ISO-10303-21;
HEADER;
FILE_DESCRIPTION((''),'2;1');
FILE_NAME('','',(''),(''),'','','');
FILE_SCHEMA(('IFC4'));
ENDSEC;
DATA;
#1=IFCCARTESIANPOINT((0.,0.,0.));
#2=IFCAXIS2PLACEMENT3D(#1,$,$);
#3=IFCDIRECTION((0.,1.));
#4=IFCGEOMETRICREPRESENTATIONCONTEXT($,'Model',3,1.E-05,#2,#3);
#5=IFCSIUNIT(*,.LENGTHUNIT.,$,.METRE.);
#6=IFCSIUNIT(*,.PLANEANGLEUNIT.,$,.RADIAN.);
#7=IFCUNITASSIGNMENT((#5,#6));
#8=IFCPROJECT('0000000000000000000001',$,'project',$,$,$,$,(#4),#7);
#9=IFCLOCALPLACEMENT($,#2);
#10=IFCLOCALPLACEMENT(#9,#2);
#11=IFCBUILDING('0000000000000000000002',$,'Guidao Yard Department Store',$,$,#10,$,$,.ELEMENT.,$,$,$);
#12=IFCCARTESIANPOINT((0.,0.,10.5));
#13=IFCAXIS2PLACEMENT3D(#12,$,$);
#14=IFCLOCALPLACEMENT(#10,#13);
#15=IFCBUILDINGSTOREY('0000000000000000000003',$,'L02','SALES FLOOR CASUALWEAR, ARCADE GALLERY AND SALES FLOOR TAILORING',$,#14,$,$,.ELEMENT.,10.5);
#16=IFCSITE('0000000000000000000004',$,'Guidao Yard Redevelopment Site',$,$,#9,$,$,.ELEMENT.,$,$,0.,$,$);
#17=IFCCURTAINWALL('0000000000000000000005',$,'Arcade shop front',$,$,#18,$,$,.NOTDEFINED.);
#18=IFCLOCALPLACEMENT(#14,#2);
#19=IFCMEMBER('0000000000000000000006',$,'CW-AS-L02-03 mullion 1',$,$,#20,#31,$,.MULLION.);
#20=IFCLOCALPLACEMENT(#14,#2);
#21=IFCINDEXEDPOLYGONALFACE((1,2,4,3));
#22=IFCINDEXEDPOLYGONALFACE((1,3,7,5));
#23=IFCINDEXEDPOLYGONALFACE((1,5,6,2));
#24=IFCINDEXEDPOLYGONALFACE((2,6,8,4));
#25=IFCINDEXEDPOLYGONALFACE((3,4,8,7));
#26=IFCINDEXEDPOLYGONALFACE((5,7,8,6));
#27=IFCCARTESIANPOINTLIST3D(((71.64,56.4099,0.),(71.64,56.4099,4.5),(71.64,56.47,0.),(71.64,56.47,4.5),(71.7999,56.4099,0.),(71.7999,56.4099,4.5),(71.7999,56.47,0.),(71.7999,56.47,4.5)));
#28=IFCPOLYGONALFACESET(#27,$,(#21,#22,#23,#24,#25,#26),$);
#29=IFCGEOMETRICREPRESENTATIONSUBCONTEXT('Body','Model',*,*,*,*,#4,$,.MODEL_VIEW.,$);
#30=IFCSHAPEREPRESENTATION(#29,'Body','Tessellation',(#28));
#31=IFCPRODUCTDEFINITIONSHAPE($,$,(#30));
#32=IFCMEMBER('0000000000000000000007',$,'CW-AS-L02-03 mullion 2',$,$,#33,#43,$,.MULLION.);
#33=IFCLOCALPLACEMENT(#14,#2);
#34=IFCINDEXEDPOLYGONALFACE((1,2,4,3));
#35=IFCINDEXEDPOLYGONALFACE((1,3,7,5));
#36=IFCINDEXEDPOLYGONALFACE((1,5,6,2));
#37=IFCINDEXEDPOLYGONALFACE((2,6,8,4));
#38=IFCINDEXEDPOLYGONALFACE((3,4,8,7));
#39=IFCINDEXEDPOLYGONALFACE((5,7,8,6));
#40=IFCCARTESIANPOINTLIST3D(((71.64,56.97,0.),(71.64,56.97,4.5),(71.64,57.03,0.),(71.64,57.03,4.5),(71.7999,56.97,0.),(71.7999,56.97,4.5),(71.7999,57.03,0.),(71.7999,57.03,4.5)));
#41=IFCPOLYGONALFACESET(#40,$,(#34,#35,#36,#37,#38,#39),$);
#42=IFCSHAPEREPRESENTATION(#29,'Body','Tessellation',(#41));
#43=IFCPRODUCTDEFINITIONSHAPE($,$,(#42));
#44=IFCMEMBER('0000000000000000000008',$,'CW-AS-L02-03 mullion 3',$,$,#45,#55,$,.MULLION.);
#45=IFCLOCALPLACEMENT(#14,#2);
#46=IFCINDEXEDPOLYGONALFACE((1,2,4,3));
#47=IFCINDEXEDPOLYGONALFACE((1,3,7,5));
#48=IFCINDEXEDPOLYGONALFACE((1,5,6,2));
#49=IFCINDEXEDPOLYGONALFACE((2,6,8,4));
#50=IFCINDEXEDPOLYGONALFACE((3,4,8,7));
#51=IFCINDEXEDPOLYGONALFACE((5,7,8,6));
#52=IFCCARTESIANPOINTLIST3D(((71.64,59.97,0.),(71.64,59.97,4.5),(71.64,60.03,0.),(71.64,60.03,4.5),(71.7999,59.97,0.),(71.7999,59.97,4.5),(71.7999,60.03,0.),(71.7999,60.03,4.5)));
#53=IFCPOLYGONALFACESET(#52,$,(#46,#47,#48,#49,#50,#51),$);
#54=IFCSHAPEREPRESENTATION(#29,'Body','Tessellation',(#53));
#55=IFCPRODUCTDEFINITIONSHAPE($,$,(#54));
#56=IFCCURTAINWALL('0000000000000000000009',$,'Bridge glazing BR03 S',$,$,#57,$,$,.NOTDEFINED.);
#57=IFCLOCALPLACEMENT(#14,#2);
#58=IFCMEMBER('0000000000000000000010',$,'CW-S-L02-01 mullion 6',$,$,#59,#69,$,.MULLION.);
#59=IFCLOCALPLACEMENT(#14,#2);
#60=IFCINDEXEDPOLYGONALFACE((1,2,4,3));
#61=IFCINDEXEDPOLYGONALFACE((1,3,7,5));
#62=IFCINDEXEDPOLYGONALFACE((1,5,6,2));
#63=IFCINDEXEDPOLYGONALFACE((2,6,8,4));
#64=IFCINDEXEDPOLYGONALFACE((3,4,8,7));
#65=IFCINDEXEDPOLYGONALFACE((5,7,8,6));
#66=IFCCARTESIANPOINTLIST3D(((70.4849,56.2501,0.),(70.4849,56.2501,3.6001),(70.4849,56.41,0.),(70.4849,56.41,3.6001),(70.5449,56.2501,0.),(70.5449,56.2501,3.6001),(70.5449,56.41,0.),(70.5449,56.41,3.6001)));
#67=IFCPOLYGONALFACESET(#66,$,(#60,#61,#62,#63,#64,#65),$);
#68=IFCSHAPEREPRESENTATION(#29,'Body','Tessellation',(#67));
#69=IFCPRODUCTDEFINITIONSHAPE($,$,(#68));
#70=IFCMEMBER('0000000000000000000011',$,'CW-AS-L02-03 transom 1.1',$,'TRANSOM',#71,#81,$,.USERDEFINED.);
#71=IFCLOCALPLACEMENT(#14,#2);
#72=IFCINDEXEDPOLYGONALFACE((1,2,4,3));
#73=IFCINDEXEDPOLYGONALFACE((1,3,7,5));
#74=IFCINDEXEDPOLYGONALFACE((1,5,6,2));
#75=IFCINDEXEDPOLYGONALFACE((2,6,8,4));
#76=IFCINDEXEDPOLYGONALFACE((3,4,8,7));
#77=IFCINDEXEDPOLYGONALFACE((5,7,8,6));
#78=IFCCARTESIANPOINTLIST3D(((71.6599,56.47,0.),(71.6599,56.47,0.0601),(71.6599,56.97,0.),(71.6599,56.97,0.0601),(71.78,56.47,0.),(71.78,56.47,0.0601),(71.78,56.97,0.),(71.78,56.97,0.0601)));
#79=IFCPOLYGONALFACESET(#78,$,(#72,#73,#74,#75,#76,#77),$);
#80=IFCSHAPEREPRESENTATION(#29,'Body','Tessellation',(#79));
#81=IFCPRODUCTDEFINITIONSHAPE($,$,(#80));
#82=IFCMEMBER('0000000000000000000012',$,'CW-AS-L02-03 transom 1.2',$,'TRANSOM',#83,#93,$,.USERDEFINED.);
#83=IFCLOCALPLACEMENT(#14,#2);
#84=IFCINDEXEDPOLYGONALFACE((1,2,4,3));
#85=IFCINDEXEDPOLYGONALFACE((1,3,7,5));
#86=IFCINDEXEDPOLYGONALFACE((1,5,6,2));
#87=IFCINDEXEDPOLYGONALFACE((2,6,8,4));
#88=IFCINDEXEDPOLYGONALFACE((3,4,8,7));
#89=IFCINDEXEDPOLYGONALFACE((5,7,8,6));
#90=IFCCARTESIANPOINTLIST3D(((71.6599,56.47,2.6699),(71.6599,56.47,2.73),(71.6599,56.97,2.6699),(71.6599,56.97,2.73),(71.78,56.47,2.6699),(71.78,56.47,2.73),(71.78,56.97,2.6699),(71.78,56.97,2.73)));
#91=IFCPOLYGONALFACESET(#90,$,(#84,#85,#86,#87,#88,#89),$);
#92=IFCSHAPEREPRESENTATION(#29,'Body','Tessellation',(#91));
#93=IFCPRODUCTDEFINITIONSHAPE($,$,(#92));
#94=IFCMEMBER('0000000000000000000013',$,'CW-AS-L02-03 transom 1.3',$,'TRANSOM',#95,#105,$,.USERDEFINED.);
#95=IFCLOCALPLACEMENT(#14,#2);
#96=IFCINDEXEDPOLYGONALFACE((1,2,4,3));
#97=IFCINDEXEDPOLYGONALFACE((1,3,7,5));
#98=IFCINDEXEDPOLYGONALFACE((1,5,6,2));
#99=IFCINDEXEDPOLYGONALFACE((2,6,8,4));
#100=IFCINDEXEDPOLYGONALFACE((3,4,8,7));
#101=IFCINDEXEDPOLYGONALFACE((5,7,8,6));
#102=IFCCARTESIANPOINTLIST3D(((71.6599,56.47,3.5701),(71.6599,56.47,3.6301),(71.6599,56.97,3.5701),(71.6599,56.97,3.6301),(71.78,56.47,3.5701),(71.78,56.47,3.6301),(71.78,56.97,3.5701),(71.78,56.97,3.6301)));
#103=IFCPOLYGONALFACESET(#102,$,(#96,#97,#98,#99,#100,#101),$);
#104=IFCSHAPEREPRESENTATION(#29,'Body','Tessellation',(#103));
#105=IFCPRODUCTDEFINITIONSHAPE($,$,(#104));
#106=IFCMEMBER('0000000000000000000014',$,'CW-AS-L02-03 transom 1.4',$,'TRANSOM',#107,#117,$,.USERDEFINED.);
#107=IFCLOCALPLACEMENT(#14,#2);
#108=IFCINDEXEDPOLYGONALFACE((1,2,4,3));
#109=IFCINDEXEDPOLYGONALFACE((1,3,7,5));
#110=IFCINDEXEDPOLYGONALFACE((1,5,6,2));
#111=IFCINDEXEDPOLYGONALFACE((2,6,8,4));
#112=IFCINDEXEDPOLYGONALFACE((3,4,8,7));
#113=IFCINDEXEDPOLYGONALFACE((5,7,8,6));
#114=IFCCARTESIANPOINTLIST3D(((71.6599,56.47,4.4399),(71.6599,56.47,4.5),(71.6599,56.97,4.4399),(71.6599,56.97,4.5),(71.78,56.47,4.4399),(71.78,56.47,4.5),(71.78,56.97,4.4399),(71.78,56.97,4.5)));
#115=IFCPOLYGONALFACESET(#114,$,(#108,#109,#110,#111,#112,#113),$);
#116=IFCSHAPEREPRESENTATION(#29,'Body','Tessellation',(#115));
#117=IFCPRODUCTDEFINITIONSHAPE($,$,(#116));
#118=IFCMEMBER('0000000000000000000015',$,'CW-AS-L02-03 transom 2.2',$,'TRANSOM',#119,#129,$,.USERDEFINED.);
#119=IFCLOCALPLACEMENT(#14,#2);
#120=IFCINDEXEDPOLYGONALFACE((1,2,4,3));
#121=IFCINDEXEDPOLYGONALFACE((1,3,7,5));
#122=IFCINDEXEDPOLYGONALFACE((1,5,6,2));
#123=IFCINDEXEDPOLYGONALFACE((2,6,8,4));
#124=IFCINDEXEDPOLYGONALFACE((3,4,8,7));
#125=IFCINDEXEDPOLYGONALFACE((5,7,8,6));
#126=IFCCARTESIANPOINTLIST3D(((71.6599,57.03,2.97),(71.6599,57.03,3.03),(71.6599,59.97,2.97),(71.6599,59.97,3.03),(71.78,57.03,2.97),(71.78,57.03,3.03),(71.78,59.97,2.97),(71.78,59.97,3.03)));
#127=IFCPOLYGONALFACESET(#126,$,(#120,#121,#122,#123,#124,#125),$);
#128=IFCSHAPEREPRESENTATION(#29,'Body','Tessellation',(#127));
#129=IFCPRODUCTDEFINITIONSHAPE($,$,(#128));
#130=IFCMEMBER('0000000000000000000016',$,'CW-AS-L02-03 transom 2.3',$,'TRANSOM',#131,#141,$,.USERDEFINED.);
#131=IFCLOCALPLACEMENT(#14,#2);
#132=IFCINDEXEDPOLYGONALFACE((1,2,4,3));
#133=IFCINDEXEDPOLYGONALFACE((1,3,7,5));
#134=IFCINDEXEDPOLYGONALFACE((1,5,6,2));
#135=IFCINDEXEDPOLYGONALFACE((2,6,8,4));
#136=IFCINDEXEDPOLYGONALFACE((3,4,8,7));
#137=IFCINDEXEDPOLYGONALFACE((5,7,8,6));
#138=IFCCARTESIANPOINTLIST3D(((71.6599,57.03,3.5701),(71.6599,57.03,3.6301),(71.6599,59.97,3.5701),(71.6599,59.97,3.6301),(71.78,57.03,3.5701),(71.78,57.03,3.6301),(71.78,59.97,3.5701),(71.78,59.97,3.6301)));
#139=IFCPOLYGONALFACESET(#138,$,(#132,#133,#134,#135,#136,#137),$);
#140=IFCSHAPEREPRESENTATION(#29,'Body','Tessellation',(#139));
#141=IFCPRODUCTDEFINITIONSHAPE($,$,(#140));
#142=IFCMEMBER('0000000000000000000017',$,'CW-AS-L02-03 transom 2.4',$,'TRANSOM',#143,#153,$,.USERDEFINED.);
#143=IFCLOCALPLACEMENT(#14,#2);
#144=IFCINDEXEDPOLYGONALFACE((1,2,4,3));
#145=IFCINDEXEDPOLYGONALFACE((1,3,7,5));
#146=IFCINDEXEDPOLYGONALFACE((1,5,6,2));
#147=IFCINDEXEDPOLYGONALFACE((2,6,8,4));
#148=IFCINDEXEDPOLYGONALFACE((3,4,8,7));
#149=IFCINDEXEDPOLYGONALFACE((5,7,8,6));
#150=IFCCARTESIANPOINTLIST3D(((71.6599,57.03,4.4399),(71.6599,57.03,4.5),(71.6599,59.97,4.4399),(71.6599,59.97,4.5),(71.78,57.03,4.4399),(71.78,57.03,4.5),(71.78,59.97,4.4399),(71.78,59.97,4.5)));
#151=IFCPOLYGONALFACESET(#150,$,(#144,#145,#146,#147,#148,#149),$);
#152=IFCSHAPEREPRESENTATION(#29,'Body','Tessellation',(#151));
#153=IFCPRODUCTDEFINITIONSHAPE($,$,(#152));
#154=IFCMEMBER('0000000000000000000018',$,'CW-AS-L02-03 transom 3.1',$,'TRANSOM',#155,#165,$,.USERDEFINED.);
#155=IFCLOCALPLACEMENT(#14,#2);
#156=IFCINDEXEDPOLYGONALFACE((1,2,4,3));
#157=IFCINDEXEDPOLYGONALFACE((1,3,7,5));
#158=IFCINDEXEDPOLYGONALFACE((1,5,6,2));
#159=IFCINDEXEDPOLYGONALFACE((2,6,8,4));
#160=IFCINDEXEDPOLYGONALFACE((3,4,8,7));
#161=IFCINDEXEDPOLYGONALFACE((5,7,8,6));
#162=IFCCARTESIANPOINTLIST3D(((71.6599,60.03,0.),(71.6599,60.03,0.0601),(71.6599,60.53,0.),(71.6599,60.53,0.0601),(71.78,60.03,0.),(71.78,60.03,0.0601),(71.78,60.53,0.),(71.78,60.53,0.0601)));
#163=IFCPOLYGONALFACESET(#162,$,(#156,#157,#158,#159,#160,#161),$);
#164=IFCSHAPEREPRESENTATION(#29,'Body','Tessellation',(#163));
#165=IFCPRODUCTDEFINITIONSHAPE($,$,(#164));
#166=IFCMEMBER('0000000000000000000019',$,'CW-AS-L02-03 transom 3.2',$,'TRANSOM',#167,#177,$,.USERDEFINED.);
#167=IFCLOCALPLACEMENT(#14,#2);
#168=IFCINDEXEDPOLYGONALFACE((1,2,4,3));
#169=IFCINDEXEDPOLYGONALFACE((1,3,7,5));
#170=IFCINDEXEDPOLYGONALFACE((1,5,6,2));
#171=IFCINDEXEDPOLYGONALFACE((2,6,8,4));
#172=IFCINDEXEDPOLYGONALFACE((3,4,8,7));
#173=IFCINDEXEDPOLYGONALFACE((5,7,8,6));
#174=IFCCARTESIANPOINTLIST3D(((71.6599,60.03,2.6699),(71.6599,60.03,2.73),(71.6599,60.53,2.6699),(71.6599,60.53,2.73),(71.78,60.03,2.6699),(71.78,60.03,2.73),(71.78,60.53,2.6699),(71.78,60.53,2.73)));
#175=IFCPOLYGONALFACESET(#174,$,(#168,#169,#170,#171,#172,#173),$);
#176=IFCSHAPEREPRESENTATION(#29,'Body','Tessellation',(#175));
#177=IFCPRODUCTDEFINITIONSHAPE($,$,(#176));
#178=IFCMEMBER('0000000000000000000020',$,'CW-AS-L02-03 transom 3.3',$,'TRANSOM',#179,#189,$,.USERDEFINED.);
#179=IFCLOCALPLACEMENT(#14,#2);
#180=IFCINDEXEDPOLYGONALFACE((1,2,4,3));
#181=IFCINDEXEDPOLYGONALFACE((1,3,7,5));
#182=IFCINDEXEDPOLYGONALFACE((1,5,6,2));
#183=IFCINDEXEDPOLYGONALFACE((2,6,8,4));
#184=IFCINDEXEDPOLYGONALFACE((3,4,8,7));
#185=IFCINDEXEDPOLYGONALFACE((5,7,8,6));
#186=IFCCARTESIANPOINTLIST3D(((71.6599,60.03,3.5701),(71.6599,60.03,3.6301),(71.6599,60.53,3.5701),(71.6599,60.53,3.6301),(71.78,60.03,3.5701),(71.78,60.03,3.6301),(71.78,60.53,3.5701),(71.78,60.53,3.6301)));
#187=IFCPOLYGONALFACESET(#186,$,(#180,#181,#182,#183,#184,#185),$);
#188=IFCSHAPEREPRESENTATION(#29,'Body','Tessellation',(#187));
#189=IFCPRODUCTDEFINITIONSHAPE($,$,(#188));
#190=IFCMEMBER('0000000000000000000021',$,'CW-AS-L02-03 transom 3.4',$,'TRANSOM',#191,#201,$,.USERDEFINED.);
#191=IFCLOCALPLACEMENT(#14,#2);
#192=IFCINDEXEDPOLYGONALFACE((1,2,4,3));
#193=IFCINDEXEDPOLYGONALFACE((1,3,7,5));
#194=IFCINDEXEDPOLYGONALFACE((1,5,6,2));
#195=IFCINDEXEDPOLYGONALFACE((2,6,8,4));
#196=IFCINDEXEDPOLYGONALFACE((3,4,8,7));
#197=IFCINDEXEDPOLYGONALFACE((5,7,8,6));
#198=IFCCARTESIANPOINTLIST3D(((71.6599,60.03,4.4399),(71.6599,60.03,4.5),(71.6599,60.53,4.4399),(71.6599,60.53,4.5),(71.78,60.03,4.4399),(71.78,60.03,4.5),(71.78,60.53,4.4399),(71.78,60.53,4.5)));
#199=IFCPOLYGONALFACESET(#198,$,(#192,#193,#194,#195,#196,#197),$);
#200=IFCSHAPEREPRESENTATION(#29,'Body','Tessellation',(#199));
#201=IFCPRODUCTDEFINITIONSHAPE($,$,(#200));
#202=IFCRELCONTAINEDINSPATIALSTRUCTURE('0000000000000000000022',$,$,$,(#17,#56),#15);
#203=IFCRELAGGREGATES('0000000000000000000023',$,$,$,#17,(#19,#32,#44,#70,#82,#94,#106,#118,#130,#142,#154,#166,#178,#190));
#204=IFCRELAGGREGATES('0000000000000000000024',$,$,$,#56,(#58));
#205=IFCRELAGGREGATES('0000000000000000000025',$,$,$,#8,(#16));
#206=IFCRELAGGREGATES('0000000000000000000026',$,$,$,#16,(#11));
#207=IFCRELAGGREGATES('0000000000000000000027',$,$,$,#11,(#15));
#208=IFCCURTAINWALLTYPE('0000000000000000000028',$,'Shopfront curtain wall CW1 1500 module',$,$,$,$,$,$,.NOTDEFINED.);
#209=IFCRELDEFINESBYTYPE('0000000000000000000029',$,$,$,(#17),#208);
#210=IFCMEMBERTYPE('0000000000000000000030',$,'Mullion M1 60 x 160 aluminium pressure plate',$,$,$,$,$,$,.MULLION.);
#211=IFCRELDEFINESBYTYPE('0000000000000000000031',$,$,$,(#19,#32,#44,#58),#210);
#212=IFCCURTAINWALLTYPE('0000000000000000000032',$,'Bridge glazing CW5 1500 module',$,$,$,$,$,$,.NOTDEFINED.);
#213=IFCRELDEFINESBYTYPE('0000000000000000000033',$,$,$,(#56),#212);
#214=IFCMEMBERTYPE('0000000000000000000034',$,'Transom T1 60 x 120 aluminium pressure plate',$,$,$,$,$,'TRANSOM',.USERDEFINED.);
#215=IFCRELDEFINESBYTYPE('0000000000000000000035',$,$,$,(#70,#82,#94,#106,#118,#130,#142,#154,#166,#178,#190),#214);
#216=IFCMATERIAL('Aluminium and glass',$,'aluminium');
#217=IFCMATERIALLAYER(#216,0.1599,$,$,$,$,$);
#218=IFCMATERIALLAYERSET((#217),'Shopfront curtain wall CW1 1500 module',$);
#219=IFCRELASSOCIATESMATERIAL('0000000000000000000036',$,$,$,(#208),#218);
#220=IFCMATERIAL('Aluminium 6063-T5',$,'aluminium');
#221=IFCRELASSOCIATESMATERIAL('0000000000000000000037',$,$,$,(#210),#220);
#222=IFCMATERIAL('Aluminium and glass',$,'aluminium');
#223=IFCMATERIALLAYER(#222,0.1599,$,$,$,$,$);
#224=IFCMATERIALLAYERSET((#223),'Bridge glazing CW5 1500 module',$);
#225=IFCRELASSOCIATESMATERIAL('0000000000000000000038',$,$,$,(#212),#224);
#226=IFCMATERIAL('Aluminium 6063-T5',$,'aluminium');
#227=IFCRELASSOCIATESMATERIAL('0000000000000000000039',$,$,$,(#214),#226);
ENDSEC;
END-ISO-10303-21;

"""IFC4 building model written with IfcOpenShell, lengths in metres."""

from ifc_helpers import new_model, si_unit, direction, frame, origin, origin_2d, place, context, subcontext, project, spatial, rectangle, extrude, material, layer, layer_set, material_profile, profile_set, type_object, element, aggregate, save


model = new_model("IFC4")

# Units and contexts
model_context = context("Model", 3, precision=1e-05, world=origin(), true_north=direction((0.0, 1.0)))
body_context = subcontext(model_context, "Body", "Model", "MODEL_VIEW")
ifc_project = project(units=[si_unit("LENGTHUNIT", "METRE"), si_unit("PLANEANGLEUNIT", "RADIAN")], contexts=[model_context])

# Site, building, storey
site_placement = place(None, origin())
site = spatial("IfcSite", under=ifc_project, at=site_placement, Name="Guidao Yard Redevelopment Site", CompositionType="ELEMENT", RefElevation=0.0)
building_placement = place(site_placement, origin())
building = spatial("IfcBuilding", under=site, at=building_placement, Name="Guidao Yard Department Store", CompositionType="ELEMENT")
storey_placement = place(building_placement, frame((0.0, 0.0, 10.5)))
storey = spatial("IfcBuildingStorey", under=building, at=storey_placement, Name="L02", Description="SALES FLOOR CASUALWEAR, ARCADE GALLERY AND SALES FLOOR TAILORING", CompositionType="ELEMENT", Elevation=10.5)

# Curtain wall, members
ifc_material_1 = material(Name="Aluminium and glass", Category="aluminium")
ifc_layer_1 = layer(ifc_material_1, 0.1599)
ifc_layer_set_1 = layer_set([ifc_layer_1], Name="Shopfront curtain wall CW1 1500 module")
curtain_wall_type_1 = type_object("IfcCurtainWallType", Name="Shopfront curtain wall CW1 1500 module", PredefinedType="NOTDEFINED", material=ifc_layer_set_1)
curtain_wall_1_placement = place(storey_placement, origin())
curtain_wall_1 = element("IfcCurtainWall", 1, at=curtain_wall_1_placement, inside=storey, type_object=curtain_wall_type_1, Name="Arcade shop front", PredefinedType="NOTDEFINED")
ifc_material_2 = material(Name="Aluminium 6063-T5", Category="aluminium")
ifc_material_profile_1 = material_profile(ifc_material_2, rectangle(XDim=0.0601, YDim=0.1599, at=origin_2d()), Name="Mullion M1 60 x 160 aluminium pressure plate")
ifc_profile_set_1 = profile_set([ifc_material_profile_1], Name="Aluminium 6063-T5")
member_type_1 = type_object("IfcMemberType", Name="Mullion M1 60 x 160 aluminium pressure plate", PredefinedType="MULLION", material=ifc_profile_set_1)
member_1_placement = place(storey_placement, frame((71.72, 56.4399, 0.0), z_axis=(0.0, 0.0, 1.0), x_axis=(0.0, 1.0, 0.0)))
member_1 = element("IfcMember", 2, at=member_1_placement, type_object=member_type_1, Name="CW-AS-L02-03 mullion 1", PredefinedType="MULLION", context=body_context, shape_type="SweptSolid", body=[
    extrude(rectangle(XDim=0.0601, YDim=0.1599, at=origin_2d()), origin(), (0.0, 0.0, 1.0), 4.5),
])
member_2_placement = place(storey_placement, frame((71.72, 57.0, 0.0), z_axis=(0.0, 0.0, 1.0), x_axis=(0.0, 1.0, 0.0)))
member_2 = element("IfcMember", 3, at=member_2_placement, type_object=member_type_1, Name="CW-AS-L02-03 mullion 2", PredefinedType="MULLION", context=body_context, shape_type="SweptSolid", body=[
    extrude(rectangle(XDim=0.0601, YDim=0.1599, at=origin_2d()), origin(), (0.0, 0.0, 1.0), 4.5),
])
member_3_placement = place(storey_placement, frame((71.72, 60.0, 0.0), z_axis=(0.0, 0.0, 1.0), x_axis=(0.0, 1.0, 0.0)))
member_3 = element("IfcMember", 4, at=member_3_placement, type_object=member_type_1, Name="CW-AS-L02-03 mullion 3", PredefinedType="MULLION", context=body_context, shape_type="SweptSolid", body=[
    extrude(rectangle(XDim=0.0601, YDim=0.1599, at=origin_2d()), origin(), (0.0, 0.0, 1.0), 4.5),
])

# Curtain wall, member
ifc_material_3 = material(Name="Aluminium and glass", Category="aluminium")
ifc_layer_2 = layer(ifc_material_3, 0.1599)
ifc_layer_set_2 = layer_set([ifc_layer_2], Name="Bridge glazing CW5 1500 module")
curtain_wall_type_2 = type_object("IfcCurtainWallType", Name="Bridge glazing CW5 1500 module", PredefinedType="NOTDEFINED", material=ifc_layer_set_2)
curtain_wall_2_placement = place(storey_placement, origin())
curtain_wall_2 = element("IfcCurtainWall", 5, at=curtain_wall_2_placement, inside=storey, type_object=curtain_wall_type_2, Name="Bridge glazing BR03 S", PredefinedType="NOTDEFINED")
member_4_placement = place(storey_placement, frame((70.5149, 56.3301, 0.0), z_axis=(0.0, 0.0, 1.0), x_axis=(-1.0, 0.0, 0.0)))
member_4 = element("IfcMember", 6, at=member_4_placement, type_object=member_type_1, Name="CW-S-L02-01 mullion 6", PredefinedType="MULLION", context=body_context, shape_type="SweptSolid", body=[
    extrude(rectangle(XDim=0.0601, YDim=0.1599, at=origin_2d()), origin(), (0.0, 0.0, 1.0), 3.6001),
])

# Members
ifc_material_4 = material(Name="Aluminium 6063-T5", Category="aluminium")
ifc_material_profile_2 = material_profile(ifc_material_4, rectangle(XDim=0.1201, YDim=0.0601, at=origin_2d()), Name="Transom T1 60 x 120 aluminium pressure plate")
ifc_profile_set_2 = profile_set([ifc_material_profile_2], Name="Aluminium 6063-T5")
member_type_2 = type_object("IfcMemberType", Name="Transom T1 60 x 120 aluminium pressure plate", ElementType="TRANSOM", PredefinedType="USERDEFINED", material=ifc_profile_set_2)
member_5_placement = place(storey_placement, frame((71.72, 56.47, 0.03), z_axis=(0.0, 1.0, 0.0), x_axis=(-1.0, 0.0, 0.0)))
member_5 = element("IfcMember", 7, at=member_5_placement, type_object=member_type_2, Name="CW-AS-L02-03 transom 1.1", ObjectType="TRANSOM", PredefinedType="USERDEFINED", context=body_context, shape_type="SweptSolid", body=[
    extrude(rectangle(XDim=0.1201, YDim=0.0601, at=origin_2d()), origin(), (0.0, 0.0, 1.0), 0.5),
])
member_6_placement = place(storey_placement, frame((71.72, 56.47, 2.7), z_axis=(0.0, 1.0, 0.0), x_axis=(-1.0, 0.0, 0.0)))
member_6 = element("IfcMember", 8, at=member_6_placement, type_object=member_type_2, Name="CW-AS-L02-03 transom 1.2", ObjectType="TRANSOM", PredefinedType="USERDEFINED", context=body_context, shape_type="SweptSolid", body=[
    extrude(rectangle(XDim=0.1201, YDim=0.0601, at=origin_2d()), origin(), (0.0, 0.0, 1.0), 0.5),
])
member_7_placement = place(storey_placement, frame((71.72, 56.47, 3.6001), z_axis=(0.0, 1.0, 0.0), x_axis=(-1.0, 0.0, 0.0)))
member_7 = element("IfcMember", 9, at=member_7_placement, type_object=member_type_2, Name="CW-AS-L02-03 transom 1.3", ObjectType="TRANSOM", PredefinedType="USERDEFINED", context=body_context, shape_type="SweptSolid", body=[
    extrude(rectangle(XDim=0.1201, YDim=0.0601, at=origin_2d()), origin(), (0.0, 0.0, 1.0), 0.5),
])
member_8_placement = place(storey_placement, frame((71.72, 56.47, 4.47), z_axis=(0.0, 1.0, 0.0), x_axis=(-1.0, 0.0, 0.0)))
member_8 = element("IfcMember", 10, at=member_8_placement, type_object=member_type_2, Name="CW-AS-L02-03 transom 1.4", ObjectType="TRANSOM", PredefinedType="USERDEFINED", context=body_context, shape_type="SweptSolid", body=[
    extrude(rectangle(XDim=0.1201, YDim=0.0601, at=origin_2d()), origin(), (0.0, 0.0, 1.0), 0.5),
])
member_9_placement = place(storey_placement, frame((71.72, 57.03, 3.0), z_axis=(0.0, 1.0, 0.0), x_axis=(-1.0, 0.0, 0.0)))
member_9 = element("IfcMember", 11, at=member_9_placement, type_object=member_type_2, Name="CW-AS-L02-03 transom 2.2", ObjectType="TRANSOM", PredefinedType="USERDEFINED", context=body_context, shape_type="SweptSolid", body=[
    extrude(rectangle(XDim=0.1201, YDim=0.0601, at=origin_2d()), origin(), (0.0, 0.0, 1.0), 2.9399),
])
member_10_placement = place(storey_placement, frame((71.72, 57.03, 3.6001), z_axis=(0.0, 1.0, 0.0), x_axis=(-1.0, 0.0, 0.0)))
member_10 = element("IfcMember", 12, at=member_10_placement, type_object=member_type_2, Name="CW-AS-L02-03 transom 2.3", ObjectType="TRANSOM", PredefinedType="USERDEFINED", context=body_context, shape_type="SweptSolid", body=[
    extrude(rectangle(XDim=0.1201, YDim=0.0601, at=origin_2d()), origin(), (0.0, 0.0, 1.0), 2.9399),
])
member_11_placement = place(storey_placement, frame((71.72, 57.03, 4.47), z_axis=(0.0, 1.0, 0.0), x_axis=(-1.0, 0.0, 0.0)))
member_11 = element("IfcMember", 13, at=member_11_placement, type_object=member_type_2, Name="CW-AS-L02-03 transom 2.4", ObjectType="TRANSOM", PredefinedType="USERDEFINED", context=body_context, shape_type="SweptSolid", body=[
    extrude(rectangle(XDim=0.1201, YDim=0.0601, at=origin_2d()), origin(), (0.0, 0.0, 1.0), 2.9399),
])
member_12_placement = place(storey_placement, frame((71.72, 60.03, 0.03), z_axis=(0.0, 1.0, 0.0), x_axis=(-1.0, 0.0, 0.0)))
member_12 = element("IfcMember", 14, at=member_12_placement, type_object=member_type_2, Name="CW-AS-L02-03 transom 3.1", ObjectType="TRANSOM", PredefinedType="USERDEFINED", context=body_context, shape_type="SweptSolid", body=[
    extrude(rectangle(XDim=0.1201, YDim=0.0601, at=origin_2d()), origin(), (0.0, 0.0, 1.0), 0.5),
])
member_13_placement = place(storey_placement, frame((71.72, 60.03, 2.7), z_axis=(0.0, 1.0, 0.0), x_axis=(-1.0, 0.0, 0.0)))
member_13 = element("IfcMember", 15, at=member_13_placement, type_object=member_type_2, Name="CW-AS-L02-03 transom 3.2", ObjectType="TRANSOM", PredefinedType="USERDEFINED", context=body_context, shape_type="SweptSolid", body=[
    extrude(rectangle(XDim=0.1201, YDim=0.0601, at=origin_2d()), origin(), (0.0, 0.0, 1.0), 0.5),
])
member_14_placement = place(storey_placement, frame((71.72, 60.03, 3.6001), z_axis=(0.0, 1.0, 0.0), x_axis=(-1.0, 0.0, 0.0)))
member_14 = element("IfcMember", 16, at=member_14_placement, type_object=member_type_2, Name="CW-AS-L02-03 transom 3.3", ObjectType="TRANSOM", PredefinedType="USERDEFINED", context=body_context, shape_type="SweptSolid", body=[
    extrude(rectangle(XDim=0.1201, YDim=0.0601, at=origin_2d()), origin(), (0.0, 0.0, 1.0), 0.5),
])
member_15_placement = place(storey_placement, frame((71.72, 60.03, 4.47), z_axis=(0.0, 1.0, 0.0), x_axis=(-1.0, 0.0, 0.0)))
member_15 = element("IfcMember", 17, at=member_15_placement, type_object=member_type_2, Name="CW-AS-L02-03 transom 3.4", ObjectType="TRANSOM", PredefinedType="USERDEFINED", context=body_context, shape_type="SweptSolid", body=[
    extrude(rectangle(XDim=0.1201, YDim=0.0601, at=origin_2d()), origin(), (0.0, 0.0, 1.0), 0.5),
])

aggregate(curtain_wall_1, [member_1, member_2, member_3, member_5, member_6, member_7, member_8, member_9, member_10, member_11, member_12, member_13, member_14, member_15])
aggregate(curtain_wall_2, [member_4])

save(model, "model.ifc")
